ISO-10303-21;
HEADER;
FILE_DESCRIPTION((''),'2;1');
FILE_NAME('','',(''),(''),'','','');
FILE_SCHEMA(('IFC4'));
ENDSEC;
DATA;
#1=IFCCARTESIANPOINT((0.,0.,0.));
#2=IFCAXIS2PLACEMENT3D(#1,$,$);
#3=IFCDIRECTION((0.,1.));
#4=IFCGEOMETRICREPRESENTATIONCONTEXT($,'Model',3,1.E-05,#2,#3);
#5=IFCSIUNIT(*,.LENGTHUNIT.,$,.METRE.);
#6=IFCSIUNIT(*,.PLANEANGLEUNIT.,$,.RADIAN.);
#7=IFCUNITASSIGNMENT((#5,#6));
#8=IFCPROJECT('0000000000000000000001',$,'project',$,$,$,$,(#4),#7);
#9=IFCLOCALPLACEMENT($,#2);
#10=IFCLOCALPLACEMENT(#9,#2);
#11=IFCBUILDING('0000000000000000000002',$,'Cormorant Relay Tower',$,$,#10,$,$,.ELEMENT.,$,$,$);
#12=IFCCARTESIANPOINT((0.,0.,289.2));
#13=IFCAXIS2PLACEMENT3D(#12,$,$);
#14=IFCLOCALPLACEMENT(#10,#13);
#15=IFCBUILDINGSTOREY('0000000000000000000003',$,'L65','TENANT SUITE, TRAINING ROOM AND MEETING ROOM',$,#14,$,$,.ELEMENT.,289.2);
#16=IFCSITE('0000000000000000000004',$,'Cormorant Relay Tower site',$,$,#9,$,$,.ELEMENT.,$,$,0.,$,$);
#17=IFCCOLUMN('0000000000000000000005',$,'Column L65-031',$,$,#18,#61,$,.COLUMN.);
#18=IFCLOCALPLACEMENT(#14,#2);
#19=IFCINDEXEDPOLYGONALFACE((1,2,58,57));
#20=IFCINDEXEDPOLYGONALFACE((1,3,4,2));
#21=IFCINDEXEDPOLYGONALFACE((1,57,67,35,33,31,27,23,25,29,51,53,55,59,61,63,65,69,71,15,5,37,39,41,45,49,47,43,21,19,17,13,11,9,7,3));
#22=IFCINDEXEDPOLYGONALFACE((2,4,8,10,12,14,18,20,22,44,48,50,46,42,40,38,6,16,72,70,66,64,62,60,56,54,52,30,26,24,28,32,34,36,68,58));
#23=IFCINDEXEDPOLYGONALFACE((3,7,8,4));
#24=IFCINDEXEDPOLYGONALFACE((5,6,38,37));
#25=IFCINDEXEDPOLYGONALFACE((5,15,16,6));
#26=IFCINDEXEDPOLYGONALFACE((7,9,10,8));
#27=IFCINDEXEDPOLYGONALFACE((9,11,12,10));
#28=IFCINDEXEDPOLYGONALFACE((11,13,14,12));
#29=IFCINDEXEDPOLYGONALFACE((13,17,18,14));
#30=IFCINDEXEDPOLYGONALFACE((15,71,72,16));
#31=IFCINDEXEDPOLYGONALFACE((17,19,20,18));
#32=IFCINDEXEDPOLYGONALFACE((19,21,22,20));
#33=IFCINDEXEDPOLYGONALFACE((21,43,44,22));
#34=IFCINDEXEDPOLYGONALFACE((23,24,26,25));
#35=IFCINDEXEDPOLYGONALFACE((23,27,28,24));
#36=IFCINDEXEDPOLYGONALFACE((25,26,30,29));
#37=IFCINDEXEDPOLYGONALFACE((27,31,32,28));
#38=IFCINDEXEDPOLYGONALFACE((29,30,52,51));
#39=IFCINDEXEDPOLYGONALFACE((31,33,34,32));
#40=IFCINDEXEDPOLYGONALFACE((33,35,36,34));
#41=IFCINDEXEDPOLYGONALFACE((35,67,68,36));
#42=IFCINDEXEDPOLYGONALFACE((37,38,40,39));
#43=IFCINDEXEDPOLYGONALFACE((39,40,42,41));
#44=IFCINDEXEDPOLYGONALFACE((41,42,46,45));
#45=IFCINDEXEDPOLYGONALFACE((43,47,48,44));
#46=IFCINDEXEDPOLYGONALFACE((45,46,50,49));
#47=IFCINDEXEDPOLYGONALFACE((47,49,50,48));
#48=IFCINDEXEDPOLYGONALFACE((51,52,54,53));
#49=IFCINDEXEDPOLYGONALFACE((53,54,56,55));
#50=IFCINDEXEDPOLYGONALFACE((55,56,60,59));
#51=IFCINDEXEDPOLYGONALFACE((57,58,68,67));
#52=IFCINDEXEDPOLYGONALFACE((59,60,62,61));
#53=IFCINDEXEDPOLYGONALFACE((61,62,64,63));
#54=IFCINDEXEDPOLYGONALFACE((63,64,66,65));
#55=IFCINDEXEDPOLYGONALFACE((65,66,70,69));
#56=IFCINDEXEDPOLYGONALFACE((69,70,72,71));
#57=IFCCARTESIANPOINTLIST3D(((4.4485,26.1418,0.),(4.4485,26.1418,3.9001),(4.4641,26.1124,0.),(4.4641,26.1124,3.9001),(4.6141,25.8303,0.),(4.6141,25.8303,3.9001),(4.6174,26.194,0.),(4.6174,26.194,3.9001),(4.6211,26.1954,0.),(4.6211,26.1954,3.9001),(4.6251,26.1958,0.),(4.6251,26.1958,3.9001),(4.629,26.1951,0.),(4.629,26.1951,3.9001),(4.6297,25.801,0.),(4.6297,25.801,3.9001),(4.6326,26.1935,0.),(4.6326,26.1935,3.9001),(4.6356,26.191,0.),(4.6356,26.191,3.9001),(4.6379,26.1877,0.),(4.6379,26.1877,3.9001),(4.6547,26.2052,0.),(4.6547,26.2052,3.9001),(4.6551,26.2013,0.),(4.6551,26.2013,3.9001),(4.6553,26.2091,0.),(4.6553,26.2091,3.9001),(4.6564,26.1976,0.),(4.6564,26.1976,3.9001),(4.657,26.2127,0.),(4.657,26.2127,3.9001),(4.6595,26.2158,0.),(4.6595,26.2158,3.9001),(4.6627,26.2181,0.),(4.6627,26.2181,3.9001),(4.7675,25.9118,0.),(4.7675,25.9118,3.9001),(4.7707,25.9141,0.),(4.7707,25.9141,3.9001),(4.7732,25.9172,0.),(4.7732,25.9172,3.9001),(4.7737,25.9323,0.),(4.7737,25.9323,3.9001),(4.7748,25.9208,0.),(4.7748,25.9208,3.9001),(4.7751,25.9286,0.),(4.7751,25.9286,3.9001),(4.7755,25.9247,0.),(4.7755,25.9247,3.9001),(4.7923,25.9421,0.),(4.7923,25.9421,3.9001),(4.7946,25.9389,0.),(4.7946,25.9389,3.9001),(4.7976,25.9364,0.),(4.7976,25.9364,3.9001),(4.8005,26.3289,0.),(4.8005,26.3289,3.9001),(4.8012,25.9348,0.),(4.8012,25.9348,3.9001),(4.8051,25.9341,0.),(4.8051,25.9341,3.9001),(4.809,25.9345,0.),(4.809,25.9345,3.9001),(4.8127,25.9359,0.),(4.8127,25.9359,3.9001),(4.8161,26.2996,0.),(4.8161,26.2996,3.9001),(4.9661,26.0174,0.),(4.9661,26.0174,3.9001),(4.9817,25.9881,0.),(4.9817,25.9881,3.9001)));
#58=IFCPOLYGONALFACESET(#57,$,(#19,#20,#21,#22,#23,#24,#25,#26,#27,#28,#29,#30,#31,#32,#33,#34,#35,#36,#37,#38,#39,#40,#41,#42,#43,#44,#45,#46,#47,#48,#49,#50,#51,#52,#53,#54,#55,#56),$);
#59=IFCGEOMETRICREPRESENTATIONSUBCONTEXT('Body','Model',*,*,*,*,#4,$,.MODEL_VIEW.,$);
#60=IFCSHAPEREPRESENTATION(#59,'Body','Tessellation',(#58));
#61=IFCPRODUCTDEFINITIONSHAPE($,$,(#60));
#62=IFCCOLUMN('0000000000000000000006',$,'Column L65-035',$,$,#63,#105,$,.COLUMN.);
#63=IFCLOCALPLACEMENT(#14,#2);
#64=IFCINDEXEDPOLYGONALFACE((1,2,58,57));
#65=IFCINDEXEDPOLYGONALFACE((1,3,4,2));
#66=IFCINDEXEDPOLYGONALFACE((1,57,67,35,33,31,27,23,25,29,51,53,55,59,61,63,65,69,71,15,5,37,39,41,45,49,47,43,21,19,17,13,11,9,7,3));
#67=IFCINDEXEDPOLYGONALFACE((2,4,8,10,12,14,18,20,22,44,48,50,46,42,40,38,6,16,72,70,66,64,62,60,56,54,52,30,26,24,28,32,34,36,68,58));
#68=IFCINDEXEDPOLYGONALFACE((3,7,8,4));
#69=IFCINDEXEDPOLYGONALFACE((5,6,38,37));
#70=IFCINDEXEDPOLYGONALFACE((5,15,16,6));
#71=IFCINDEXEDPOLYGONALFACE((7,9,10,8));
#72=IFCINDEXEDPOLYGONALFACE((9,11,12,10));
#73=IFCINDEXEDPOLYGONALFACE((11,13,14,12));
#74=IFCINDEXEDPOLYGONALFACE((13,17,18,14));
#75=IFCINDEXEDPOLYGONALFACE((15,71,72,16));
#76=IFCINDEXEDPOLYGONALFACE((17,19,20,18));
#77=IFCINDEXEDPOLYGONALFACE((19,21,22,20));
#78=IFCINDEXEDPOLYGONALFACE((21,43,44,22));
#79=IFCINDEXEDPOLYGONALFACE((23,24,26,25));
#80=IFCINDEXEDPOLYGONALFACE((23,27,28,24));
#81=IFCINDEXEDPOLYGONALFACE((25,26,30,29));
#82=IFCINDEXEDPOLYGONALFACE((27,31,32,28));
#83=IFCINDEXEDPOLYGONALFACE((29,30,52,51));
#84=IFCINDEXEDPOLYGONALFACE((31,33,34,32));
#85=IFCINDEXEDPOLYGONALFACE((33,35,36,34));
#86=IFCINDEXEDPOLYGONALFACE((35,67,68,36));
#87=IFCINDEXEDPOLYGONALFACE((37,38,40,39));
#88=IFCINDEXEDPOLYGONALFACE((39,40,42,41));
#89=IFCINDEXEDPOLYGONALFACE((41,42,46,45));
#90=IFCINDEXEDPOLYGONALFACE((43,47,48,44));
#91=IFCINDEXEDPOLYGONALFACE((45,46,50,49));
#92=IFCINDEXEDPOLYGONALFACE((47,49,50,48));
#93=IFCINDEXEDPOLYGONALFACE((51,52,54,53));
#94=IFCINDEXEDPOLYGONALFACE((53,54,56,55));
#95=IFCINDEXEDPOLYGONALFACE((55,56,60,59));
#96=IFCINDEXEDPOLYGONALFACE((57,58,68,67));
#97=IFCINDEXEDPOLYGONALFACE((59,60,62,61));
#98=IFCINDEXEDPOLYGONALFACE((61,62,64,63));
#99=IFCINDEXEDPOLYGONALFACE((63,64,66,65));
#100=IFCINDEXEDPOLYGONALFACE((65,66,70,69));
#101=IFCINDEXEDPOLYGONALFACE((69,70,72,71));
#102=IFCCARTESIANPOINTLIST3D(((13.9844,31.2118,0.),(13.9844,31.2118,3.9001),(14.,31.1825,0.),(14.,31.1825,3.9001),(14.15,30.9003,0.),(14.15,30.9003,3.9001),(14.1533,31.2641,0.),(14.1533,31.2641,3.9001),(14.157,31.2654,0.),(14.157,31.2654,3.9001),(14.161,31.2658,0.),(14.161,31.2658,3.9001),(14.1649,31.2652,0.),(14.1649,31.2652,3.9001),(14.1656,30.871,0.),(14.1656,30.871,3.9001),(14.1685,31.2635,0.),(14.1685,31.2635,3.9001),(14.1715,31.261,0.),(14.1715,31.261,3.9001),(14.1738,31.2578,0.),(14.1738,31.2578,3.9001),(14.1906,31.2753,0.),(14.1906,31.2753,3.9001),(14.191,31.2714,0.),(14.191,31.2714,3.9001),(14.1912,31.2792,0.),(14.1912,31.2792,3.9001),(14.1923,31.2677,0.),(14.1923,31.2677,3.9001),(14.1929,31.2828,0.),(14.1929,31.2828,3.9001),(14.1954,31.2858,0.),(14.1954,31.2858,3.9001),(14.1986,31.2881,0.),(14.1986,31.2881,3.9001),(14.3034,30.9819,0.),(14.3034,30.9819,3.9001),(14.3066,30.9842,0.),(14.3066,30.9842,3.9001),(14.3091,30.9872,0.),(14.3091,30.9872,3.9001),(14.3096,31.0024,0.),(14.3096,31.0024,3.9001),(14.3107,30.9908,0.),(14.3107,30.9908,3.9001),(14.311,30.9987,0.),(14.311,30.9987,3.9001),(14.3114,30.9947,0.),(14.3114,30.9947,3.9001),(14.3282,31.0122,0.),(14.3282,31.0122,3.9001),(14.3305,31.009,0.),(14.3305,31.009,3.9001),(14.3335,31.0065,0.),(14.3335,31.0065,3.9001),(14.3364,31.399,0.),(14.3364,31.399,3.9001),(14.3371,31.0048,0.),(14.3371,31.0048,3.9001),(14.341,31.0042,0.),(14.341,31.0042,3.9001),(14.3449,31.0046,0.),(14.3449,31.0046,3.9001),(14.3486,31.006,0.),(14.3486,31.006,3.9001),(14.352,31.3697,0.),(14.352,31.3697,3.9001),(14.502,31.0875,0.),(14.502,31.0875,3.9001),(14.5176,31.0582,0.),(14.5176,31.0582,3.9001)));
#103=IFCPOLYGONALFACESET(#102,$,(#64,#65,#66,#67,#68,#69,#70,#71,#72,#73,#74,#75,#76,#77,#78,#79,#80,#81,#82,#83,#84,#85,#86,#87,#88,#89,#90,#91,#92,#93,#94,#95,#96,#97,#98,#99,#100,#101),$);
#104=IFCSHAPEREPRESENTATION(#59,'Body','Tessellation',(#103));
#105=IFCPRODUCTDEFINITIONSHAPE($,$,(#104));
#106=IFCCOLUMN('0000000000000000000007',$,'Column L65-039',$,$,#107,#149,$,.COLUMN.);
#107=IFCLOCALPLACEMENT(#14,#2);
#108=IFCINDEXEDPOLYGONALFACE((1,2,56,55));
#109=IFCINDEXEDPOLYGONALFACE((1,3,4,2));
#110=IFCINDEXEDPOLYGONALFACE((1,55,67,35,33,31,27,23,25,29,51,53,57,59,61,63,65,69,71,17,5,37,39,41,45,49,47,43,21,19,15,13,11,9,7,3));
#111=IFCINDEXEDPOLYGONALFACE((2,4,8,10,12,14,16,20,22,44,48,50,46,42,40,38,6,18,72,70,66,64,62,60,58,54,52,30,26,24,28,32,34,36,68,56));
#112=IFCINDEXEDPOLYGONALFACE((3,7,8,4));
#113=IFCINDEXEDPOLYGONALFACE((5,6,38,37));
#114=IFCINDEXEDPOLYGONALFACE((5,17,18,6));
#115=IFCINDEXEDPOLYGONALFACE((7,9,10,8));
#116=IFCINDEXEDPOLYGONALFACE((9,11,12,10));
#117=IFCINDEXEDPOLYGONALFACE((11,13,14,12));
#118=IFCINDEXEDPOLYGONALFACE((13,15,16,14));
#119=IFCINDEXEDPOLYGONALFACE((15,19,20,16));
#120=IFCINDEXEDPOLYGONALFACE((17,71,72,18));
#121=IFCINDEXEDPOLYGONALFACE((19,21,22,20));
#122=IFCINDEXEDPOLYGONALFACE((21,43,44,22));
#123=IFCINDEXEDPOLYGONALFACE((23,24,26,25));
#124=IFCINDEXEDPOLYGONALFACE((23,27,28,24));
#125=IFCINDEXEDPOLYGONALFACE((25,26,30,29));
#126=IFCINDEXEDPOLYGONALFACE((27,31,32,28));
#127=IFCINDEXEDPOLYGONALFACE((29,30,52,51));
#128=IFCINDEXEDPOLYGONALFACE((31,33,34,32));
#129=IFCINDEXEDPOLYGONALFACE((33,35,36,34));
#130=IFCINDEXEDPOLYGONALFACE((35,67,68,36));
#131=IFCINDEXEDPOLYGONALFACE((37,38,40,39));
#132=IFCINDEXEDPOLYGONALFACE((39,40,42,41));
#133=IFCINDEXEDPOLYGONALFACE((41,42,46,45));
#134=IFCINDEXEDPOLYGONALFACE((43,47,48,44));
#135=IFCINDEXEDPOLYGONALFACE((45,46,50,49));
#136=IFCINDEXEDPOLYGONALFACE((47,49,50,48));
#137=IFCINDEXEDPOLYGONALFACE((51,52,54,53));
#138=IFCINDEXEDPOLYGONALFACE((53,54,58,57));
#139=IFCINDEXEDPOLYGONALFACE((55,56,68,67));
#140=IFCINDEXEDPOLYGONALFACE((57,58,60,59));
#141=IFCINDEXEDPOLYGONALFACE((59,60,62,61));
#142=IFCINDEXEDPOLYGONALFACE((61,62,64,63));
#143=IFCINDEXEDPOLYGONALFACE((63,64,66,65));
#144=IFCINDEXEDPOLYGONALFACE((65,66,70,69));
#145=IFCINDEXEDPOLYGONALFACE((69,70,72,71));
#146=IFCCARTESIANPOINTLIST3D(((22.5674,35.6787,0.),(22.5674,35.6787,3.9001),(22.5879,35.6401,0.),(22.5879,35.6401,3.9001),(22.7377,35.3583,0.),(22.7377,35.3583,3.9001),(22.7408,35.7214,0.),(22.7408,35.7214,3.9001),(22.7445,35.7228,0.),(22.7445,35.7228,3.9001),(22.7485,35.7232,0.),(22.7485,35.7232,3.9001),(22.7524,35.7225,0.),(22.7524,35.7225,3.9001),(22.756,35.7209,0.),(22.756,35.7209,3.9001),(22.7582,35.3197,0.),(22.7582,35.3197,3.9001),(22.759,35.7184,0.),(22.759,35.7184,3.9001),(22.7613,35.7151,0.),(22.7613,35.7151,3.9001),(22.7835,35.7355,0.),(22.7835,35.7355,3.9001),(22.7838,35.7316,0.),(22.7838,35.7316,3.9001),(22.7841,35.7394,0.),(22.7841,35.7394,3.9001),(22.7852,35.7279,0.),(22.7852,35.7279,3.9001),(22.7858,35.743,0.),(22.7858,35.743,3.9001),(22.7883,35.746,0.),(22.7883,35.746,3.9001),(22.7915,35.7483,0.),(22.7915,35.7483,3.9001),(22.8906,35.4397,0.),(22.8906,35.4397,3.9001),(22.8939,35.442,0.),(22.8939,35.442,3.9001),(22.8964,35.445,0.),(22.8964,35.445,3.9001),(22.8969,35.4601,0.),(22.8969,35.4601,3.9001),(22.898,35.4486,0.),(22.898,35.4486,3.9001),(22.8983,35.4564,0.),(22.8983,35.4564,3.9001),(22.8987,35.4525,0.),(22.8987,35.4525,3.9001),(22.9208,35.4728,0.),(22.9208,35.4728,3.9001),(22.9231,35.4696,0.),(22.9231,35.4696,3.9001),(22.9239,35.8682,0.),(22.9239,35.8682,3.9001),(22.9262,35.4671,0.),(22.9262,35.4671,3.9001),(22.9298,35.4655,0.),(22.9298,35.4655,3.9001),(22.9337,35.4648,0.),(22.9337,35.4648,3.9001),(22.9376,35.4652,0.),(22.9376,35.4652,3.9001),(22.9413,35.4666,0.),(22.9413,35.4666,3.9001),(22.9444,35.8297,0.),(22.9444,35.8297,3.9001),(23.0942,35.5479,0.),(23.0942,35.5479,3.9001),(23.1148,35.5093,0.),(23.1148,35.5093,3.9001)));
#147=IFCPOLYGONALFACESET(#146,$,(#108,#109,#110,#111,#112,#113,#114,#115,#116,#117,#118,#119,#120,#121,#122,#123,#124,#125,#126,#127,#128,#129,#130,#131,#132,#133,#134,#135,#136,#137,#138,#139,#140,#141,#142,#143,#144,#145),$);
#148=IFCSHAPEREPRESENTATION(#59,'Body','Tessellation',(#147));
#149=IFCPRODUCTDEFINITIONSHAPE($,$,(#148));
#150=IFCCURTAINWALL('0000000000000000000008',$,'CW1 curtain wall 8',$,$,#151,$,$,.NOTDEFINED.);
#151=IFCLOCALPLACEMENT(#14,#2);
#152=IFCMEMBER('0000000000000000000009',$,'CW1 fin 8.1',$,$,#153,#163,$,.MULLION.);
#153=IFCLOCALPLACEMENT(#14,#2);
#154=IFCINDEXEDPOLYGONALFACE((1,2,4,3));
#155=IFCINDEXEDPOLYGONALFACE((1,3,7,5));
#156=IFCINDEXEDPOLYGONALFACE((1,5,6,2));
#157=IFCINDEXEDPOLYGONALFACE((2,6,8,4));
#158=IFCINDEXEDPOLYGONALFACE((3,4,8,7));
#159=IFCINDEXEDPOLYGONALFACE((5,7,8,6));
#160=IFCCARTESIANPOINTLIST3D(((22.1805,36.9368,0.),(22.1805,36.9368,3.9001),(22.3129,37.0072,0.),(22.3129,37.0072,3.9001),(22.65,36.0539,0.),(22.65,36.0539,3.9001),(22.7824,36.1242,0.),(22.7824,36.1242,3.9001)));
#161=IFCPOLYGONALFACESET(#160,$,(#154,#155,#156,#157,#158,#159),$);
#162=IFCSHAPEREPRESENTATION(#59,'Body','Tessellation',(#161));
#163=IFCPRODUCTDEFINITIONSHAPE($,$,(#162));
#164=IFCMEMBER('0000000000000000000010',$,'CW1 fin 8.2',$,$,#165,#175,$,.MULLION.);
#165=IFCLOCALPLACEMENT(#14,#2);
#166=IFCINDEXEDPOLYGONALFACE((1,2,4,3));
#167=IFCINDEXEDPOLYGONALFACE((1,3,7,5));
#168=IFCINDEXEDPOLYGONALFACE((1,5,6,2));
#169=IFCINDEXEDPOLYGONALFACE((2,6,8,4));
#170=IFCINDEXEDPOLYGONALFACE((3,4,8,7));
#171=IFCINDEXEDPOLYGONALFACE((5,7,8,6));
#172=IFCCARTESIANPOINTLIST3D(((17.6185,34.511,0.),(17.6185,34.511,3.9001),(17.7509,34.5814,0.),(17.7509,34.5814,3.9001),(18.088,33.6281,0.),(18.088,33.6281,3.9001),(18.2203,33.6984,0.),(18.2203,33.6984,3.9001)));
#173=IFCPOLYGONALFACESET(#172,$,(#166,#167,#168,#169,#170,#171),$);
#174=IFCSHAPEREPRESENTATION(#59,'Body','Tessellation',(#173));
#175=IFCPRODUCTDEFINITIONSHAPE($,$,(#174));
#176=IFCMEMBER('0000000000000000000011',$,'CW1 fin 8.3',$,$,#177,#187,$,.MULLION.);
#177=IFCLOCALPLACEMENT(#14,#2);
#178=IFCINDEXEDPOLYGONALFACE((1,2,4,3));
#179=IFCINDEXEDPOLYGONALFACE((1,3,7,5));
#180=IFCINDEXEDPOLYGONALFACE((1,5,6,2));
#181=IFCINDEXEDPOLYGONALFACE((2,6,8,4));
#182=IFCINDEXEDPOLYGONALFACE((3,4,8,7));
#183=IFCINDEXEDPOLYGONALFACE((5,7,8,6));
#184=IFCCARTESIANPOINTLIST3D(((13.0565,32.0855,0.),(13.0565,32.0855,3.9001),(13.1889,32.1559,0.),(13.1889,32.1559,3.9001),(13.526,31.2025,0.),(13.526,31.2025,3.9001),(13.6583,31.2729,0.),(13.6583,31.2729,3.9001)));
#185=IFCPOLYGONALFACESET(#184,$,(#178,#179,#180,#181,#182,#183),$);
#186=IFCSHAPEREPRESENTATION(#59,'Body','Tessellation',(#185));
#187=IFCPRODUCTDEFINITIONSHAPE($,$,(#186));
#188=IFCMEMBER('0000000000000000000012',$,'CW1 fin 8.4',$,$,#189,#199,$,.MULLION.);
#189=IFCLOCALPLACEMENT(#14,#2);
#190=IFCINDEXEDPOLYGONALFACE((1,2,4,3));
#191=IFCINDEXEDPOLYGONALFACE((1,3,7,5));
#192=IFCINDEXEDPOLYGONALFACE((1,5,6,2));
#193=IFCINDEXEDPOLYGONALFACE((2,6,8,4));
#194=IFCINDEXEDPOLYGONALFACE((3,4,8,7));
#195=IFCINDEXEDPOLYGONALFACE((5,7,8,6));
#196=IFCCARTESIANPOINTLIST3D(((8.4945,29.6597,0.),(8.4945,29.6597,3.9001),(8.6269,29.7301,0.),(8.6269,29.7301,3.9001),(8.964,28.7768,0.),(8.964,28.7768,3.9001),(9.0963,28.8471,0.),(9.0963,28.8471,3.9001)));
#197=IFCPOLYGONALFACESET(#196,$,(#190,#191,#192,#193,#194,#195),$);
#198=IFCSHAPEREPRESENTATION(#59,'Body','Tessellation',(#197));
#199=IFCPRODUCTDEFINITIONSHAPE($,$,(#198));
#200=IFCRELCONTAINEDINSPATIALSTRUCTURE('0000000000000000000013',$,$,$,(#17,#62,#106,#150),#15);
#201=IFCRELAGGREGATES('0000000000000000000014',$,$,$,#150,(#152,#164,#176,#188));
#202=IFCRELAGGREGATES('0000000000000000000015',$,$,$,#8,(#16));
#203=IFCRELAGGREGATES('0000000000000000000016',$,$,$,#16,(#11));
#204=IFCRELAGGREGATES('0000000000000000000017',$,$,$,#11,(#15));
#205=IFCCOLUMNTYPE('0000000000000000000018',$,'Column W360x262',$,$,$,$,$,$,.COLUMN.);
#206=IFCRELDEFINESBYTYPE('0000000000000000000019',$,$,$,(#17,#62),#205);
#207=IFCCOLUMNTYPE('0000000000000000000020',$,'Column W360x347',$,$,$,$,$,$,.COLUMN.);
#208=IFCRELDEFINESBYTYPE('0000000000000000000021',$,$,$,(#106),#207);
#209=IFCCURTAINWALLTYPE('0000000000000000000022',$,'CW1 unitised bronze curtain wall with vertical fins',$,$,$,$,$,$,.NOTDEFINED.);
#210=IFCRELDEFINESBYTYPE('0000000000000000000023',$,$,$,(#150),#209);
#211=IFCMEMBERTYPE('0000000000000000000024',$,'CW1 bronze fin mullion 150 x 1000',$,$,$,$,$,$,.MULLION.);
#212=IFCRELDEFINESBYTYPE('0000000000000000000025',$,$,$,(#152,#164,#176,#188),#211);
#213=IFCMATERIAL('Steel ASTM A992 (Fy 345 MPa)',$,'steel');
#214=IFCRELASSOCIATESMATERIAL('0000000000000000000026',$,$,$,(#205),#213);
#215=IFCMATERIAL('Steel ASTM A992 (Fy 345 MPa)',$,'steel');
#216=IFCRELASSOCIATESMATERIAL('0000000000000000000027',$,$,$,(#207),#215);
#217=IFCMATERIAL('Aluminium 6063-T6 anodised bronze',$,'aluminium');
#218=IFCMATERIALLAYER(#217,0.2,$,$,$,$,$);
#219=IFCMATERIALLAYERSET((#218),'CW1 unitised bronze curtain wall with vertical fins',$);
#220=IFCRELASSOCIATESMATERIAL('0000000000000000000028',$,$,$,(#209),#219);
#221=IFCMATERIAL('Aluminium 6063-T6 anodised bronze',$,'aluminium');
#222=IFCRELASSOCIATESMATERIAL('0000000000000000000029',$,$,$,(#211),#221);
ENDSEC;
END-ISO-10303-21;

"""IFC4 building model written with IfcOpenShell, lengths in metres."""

from ifc_helpers import new_model, si_unit, direction, frame, origin, origin_2d, place, context, subcontext, project, spatial, rectangle, i_section, extrude, material, layer, layer_set, material_profile, profile_set, type_object, element, aggregate, save


model = new_model("IFC4")

# Units and contexts
model_context = context("Model", 3, precision=1e-05, world=origin(), true_north=direction((0.0, 1.0)))
body_context = subcontext(model_context, "Body", "Model", "MODEL_VIEW")
ifc_project = project(units=[si_unit("LENGTHUNIT", "METRE"), si_unit("PLANEANGLEUNIT", "RADIAN")], contexts=[model_context])

# Site, building, storey
site_placement = place(None, origin())
site = spatial("IfcSite", under=ifc_project, at=site_placement, Name="Cormorant Relay Tower site", CompositionType="ELEMENT", RefElevation=0.0)
building_placement = place(site_placement, origin())
building = spatial("IfcBuilding", under=site, at=building_placement, Name="Cormorant Relay Tower", CompositionType="ELEMENT")
storey_placement = place(building_placement, frame((0.0, 0.0, 289.2)))
storey = spatial("IfcBuildingStorey", under=building, at=storey_placement, Name="L65", Description="TENANT SUITE, TRAINING ROOM AND MEETING ROOM", CompositionType="ELEMENT", Elevation=289.2)

# Columns
ifc_material_1 = material(Name="Steel ASTM A992 (Fy 345 MPa)", Category="steel")
ifc_material_profile_1 = material_profile(ifc_material_1, i_section(OverallWidth=0.3987, OverallDepth=0.386, WebThickness=0.021, FlangeThickness=0.0332, FilletRadius=0.0151, at=origin_2d()), Name="W360x262")
ifc_profile_set_1 = profile_set([ifc_material_profile_1], Name="Steel ASTM A992 (Fy 345 MPa)")
column_type_1 = type_object("IfcColumnType", Name="Column W360x262", PredefinedType="COLUMN", material=ifc_profile_set_1)
for number, where, z_axis, x_axis, name in (
    (1, (4.7151, 26.0649, 0.0), (0.0, 0.0, 1.0), (-0.882948, -0.469472, 0.0), "Column L65-031"),
    (2, (14.251, 31.135, 0.0), (0.0, 0.0, 1.0), (-0.882948, -0.469472, 0.0), "Column L65-035"),
):
    element("IfcColumn", number, at=place(storey_placement, frame(where, z_axis=z_axis, x_axis=x_axis)), inside=storey, type_object=column_type_1, Name=name, PredefinedType="COLUMN", context=body_context, shape_type="SweptSolid", body=[
        extrude(i_section(OverallWidth=0.3987, OverallDepth=0.386, WebThickness=0.021, FlangeThickness=0.0332, FilletRadius=0.0151, at=origin_2d()), origin(), (0.0, 0.0, 1.0), 3.9001),
    ])
ifc_material_2 = material(Name="Steel ASTM A992 (Fy 345 MPa)", Category="steel")
ifc_material_profile_2 = material_profile(ifc_material_2, i_section(OverallWidth=0.4038, OverallDepth=0.4065, WebThickness=0.0271, FlangeThickness=0.0437, FilletRadius=0.0151, at=origin_2d()), Name="W360x347")
ifc_profile_set_2 = profile_set([ifc_material_profile_2], Name="Steel ASTM A992 (Fy 345 MPa)")
column_type_2 = type_object("IfcColumnType", Name="Column W360x347", PredefinedType="COLUMN", material=ifc_profile_set_2)
column_placement = place(storey_placement, frame((22.8411, 35.594, 0.0), z_axis=(0.0, 0.0, 1.0), x_axis=(-0.882948, -0.469472, 0.0)))
element("IfcColumn", 3, at=column_placement, inside=storey, type_object=column_type_2, Name="Column L65-039", PredefinedType="COLUMN", context=body_context, shape_type="SweptSolid", body=[
    extrude(i_section(OverallWidth=0.4038, OverallDepth=0.4065, WebThickness=0.0271, FlangeThickness=0.0437, FilletRadius=0.0151, at=origin_2d()), origin(), (0.0, 0.0, 1.0), 3.9001),
])

# Curtain wall, members
ifc_material_3 = material(Name="Aluminium 6063-T6 anodised bronze", Category="aluminium")
ifc_layer_1 = layer(ifc_material_3, 0.2)
ifc_layer_set_1 = layer_set([ifc_layer_1], Name="CW1 unitised bronze curtain wall with vertical fins")
curtain_wall_type = type_object("IfcCurtainWallType", Name="CW1 unitised bronze curtain wall with vertical fins", PredefinedType="NOTDEFINED", material=ifc_layer_set_1)
curtain_wall_1_placement = place(storey_placement, origin())
curtain_wall_1 = element("IfcCurtainWall", 4, at=curtain_wall_1_placement, inside=storey, type_object=curtain_wall_type, Name="CW1 curtain wall 8", PredefinedType="NOTDEFINED")
ifc_material_4 = material(Name="Aluminium 6063-T6 anodised bronze", Category="aluminium")
ifc_material_profile_3 = material_profile(ifc_material_4, rectangle(XDim=0.1499, YDim=1.0, at=origin_2d()), Name="AL 150x1000")
ifc_profile_set_3 = profile_set([ifc_material_profile_3], Name="Aluminium 6063-T6 anodised bronze")
member_type_1 = type_object("IfcMemberType", Name="CW1 bronze fin mullion 150 x 1000", PredefinedType="MULLION", material=ifc_profile_set_3)
member_1_placement = place(storey_placement, frame((22.4814, 36.5305, 0.0), z_axis=(0.0, 0.0, 1.0), x_axis=(-0.882948, -0.469472, 0.0)))
member_1 = element("IfcMember", 5, at=member_1_placement, type_object=member_type_1, Name="CW1 fin 8.1", PredefinedType="MULLION", context=body_context, shape_type="SweptSolid", body=[
    extrude(rectangle(XDim=0.1499, YDim=1.0, at=origin_2d()), origin(), (0.0, 0.0, 1.0), 3.9001),
])
member_2_placement = place(storey_placement, frame((17.9194, 34.1047, 0.0), z_axis=(0.0, 0.0, 1.0), x_axis=(-0.882948, -0.469472, 0.0)))
member_2 = element("IfcMember", 6, at=member_2_placement, type_object=member_type_1, Name="CW1 fin 8.2", PredefinedType="MULLION", context=body_context, shape_type="SweptSolid", body=[
    extrude(rectangle(XDim=0.1499, YDim=1.0, at=origin_2d()), origin(), (0.0, 0.0, 1.0), 3.9001),
])
member_3_placement = place(storey_placement, frame((13.3574, 31.6792, 0.0), z_axis=(0.0, 0.0, 1.0), x_axis=(-0.882948, -0.469472, 0.0)))
member_3 = element("IfcMember", 7, at=member_3_placement, type_object=member_type_1, Name="CW1 fin 8.3", PredefinedType="MULLION", context=body_context, shape_type="SweptSolid", body=[
    extrude(rectangle(XDim=0.1499, YDim=1.0, at=origin_2d()), origin(), (0.0, 0.0, 1.0), 3.9001),
])
member_4_placement = place(storey_placement, frame((8.7954, 29.2534, 0.0), z_axis=(0.0, 0.0, 1.0), x_axis=(-0.882948, -0.469472, 0.0)))
member_4 = element("IfcMember", 8, at=member_4_placement, type_object=member_type_1, Name="CW1 fin 8.4", PredefinedType="MULLION", context=body_context, shape_type="SweptSolid", body=[
    extrude(rectangle(XDim=0.1499, YDim=1.0, at=origin_2d()), origin(), (0.0, 0.0, 1.0), 3.9001),
])

aggregate(curtain_wall_1, [member_1, member_2, member_3, member_4])

save(model, "model.ifc")
